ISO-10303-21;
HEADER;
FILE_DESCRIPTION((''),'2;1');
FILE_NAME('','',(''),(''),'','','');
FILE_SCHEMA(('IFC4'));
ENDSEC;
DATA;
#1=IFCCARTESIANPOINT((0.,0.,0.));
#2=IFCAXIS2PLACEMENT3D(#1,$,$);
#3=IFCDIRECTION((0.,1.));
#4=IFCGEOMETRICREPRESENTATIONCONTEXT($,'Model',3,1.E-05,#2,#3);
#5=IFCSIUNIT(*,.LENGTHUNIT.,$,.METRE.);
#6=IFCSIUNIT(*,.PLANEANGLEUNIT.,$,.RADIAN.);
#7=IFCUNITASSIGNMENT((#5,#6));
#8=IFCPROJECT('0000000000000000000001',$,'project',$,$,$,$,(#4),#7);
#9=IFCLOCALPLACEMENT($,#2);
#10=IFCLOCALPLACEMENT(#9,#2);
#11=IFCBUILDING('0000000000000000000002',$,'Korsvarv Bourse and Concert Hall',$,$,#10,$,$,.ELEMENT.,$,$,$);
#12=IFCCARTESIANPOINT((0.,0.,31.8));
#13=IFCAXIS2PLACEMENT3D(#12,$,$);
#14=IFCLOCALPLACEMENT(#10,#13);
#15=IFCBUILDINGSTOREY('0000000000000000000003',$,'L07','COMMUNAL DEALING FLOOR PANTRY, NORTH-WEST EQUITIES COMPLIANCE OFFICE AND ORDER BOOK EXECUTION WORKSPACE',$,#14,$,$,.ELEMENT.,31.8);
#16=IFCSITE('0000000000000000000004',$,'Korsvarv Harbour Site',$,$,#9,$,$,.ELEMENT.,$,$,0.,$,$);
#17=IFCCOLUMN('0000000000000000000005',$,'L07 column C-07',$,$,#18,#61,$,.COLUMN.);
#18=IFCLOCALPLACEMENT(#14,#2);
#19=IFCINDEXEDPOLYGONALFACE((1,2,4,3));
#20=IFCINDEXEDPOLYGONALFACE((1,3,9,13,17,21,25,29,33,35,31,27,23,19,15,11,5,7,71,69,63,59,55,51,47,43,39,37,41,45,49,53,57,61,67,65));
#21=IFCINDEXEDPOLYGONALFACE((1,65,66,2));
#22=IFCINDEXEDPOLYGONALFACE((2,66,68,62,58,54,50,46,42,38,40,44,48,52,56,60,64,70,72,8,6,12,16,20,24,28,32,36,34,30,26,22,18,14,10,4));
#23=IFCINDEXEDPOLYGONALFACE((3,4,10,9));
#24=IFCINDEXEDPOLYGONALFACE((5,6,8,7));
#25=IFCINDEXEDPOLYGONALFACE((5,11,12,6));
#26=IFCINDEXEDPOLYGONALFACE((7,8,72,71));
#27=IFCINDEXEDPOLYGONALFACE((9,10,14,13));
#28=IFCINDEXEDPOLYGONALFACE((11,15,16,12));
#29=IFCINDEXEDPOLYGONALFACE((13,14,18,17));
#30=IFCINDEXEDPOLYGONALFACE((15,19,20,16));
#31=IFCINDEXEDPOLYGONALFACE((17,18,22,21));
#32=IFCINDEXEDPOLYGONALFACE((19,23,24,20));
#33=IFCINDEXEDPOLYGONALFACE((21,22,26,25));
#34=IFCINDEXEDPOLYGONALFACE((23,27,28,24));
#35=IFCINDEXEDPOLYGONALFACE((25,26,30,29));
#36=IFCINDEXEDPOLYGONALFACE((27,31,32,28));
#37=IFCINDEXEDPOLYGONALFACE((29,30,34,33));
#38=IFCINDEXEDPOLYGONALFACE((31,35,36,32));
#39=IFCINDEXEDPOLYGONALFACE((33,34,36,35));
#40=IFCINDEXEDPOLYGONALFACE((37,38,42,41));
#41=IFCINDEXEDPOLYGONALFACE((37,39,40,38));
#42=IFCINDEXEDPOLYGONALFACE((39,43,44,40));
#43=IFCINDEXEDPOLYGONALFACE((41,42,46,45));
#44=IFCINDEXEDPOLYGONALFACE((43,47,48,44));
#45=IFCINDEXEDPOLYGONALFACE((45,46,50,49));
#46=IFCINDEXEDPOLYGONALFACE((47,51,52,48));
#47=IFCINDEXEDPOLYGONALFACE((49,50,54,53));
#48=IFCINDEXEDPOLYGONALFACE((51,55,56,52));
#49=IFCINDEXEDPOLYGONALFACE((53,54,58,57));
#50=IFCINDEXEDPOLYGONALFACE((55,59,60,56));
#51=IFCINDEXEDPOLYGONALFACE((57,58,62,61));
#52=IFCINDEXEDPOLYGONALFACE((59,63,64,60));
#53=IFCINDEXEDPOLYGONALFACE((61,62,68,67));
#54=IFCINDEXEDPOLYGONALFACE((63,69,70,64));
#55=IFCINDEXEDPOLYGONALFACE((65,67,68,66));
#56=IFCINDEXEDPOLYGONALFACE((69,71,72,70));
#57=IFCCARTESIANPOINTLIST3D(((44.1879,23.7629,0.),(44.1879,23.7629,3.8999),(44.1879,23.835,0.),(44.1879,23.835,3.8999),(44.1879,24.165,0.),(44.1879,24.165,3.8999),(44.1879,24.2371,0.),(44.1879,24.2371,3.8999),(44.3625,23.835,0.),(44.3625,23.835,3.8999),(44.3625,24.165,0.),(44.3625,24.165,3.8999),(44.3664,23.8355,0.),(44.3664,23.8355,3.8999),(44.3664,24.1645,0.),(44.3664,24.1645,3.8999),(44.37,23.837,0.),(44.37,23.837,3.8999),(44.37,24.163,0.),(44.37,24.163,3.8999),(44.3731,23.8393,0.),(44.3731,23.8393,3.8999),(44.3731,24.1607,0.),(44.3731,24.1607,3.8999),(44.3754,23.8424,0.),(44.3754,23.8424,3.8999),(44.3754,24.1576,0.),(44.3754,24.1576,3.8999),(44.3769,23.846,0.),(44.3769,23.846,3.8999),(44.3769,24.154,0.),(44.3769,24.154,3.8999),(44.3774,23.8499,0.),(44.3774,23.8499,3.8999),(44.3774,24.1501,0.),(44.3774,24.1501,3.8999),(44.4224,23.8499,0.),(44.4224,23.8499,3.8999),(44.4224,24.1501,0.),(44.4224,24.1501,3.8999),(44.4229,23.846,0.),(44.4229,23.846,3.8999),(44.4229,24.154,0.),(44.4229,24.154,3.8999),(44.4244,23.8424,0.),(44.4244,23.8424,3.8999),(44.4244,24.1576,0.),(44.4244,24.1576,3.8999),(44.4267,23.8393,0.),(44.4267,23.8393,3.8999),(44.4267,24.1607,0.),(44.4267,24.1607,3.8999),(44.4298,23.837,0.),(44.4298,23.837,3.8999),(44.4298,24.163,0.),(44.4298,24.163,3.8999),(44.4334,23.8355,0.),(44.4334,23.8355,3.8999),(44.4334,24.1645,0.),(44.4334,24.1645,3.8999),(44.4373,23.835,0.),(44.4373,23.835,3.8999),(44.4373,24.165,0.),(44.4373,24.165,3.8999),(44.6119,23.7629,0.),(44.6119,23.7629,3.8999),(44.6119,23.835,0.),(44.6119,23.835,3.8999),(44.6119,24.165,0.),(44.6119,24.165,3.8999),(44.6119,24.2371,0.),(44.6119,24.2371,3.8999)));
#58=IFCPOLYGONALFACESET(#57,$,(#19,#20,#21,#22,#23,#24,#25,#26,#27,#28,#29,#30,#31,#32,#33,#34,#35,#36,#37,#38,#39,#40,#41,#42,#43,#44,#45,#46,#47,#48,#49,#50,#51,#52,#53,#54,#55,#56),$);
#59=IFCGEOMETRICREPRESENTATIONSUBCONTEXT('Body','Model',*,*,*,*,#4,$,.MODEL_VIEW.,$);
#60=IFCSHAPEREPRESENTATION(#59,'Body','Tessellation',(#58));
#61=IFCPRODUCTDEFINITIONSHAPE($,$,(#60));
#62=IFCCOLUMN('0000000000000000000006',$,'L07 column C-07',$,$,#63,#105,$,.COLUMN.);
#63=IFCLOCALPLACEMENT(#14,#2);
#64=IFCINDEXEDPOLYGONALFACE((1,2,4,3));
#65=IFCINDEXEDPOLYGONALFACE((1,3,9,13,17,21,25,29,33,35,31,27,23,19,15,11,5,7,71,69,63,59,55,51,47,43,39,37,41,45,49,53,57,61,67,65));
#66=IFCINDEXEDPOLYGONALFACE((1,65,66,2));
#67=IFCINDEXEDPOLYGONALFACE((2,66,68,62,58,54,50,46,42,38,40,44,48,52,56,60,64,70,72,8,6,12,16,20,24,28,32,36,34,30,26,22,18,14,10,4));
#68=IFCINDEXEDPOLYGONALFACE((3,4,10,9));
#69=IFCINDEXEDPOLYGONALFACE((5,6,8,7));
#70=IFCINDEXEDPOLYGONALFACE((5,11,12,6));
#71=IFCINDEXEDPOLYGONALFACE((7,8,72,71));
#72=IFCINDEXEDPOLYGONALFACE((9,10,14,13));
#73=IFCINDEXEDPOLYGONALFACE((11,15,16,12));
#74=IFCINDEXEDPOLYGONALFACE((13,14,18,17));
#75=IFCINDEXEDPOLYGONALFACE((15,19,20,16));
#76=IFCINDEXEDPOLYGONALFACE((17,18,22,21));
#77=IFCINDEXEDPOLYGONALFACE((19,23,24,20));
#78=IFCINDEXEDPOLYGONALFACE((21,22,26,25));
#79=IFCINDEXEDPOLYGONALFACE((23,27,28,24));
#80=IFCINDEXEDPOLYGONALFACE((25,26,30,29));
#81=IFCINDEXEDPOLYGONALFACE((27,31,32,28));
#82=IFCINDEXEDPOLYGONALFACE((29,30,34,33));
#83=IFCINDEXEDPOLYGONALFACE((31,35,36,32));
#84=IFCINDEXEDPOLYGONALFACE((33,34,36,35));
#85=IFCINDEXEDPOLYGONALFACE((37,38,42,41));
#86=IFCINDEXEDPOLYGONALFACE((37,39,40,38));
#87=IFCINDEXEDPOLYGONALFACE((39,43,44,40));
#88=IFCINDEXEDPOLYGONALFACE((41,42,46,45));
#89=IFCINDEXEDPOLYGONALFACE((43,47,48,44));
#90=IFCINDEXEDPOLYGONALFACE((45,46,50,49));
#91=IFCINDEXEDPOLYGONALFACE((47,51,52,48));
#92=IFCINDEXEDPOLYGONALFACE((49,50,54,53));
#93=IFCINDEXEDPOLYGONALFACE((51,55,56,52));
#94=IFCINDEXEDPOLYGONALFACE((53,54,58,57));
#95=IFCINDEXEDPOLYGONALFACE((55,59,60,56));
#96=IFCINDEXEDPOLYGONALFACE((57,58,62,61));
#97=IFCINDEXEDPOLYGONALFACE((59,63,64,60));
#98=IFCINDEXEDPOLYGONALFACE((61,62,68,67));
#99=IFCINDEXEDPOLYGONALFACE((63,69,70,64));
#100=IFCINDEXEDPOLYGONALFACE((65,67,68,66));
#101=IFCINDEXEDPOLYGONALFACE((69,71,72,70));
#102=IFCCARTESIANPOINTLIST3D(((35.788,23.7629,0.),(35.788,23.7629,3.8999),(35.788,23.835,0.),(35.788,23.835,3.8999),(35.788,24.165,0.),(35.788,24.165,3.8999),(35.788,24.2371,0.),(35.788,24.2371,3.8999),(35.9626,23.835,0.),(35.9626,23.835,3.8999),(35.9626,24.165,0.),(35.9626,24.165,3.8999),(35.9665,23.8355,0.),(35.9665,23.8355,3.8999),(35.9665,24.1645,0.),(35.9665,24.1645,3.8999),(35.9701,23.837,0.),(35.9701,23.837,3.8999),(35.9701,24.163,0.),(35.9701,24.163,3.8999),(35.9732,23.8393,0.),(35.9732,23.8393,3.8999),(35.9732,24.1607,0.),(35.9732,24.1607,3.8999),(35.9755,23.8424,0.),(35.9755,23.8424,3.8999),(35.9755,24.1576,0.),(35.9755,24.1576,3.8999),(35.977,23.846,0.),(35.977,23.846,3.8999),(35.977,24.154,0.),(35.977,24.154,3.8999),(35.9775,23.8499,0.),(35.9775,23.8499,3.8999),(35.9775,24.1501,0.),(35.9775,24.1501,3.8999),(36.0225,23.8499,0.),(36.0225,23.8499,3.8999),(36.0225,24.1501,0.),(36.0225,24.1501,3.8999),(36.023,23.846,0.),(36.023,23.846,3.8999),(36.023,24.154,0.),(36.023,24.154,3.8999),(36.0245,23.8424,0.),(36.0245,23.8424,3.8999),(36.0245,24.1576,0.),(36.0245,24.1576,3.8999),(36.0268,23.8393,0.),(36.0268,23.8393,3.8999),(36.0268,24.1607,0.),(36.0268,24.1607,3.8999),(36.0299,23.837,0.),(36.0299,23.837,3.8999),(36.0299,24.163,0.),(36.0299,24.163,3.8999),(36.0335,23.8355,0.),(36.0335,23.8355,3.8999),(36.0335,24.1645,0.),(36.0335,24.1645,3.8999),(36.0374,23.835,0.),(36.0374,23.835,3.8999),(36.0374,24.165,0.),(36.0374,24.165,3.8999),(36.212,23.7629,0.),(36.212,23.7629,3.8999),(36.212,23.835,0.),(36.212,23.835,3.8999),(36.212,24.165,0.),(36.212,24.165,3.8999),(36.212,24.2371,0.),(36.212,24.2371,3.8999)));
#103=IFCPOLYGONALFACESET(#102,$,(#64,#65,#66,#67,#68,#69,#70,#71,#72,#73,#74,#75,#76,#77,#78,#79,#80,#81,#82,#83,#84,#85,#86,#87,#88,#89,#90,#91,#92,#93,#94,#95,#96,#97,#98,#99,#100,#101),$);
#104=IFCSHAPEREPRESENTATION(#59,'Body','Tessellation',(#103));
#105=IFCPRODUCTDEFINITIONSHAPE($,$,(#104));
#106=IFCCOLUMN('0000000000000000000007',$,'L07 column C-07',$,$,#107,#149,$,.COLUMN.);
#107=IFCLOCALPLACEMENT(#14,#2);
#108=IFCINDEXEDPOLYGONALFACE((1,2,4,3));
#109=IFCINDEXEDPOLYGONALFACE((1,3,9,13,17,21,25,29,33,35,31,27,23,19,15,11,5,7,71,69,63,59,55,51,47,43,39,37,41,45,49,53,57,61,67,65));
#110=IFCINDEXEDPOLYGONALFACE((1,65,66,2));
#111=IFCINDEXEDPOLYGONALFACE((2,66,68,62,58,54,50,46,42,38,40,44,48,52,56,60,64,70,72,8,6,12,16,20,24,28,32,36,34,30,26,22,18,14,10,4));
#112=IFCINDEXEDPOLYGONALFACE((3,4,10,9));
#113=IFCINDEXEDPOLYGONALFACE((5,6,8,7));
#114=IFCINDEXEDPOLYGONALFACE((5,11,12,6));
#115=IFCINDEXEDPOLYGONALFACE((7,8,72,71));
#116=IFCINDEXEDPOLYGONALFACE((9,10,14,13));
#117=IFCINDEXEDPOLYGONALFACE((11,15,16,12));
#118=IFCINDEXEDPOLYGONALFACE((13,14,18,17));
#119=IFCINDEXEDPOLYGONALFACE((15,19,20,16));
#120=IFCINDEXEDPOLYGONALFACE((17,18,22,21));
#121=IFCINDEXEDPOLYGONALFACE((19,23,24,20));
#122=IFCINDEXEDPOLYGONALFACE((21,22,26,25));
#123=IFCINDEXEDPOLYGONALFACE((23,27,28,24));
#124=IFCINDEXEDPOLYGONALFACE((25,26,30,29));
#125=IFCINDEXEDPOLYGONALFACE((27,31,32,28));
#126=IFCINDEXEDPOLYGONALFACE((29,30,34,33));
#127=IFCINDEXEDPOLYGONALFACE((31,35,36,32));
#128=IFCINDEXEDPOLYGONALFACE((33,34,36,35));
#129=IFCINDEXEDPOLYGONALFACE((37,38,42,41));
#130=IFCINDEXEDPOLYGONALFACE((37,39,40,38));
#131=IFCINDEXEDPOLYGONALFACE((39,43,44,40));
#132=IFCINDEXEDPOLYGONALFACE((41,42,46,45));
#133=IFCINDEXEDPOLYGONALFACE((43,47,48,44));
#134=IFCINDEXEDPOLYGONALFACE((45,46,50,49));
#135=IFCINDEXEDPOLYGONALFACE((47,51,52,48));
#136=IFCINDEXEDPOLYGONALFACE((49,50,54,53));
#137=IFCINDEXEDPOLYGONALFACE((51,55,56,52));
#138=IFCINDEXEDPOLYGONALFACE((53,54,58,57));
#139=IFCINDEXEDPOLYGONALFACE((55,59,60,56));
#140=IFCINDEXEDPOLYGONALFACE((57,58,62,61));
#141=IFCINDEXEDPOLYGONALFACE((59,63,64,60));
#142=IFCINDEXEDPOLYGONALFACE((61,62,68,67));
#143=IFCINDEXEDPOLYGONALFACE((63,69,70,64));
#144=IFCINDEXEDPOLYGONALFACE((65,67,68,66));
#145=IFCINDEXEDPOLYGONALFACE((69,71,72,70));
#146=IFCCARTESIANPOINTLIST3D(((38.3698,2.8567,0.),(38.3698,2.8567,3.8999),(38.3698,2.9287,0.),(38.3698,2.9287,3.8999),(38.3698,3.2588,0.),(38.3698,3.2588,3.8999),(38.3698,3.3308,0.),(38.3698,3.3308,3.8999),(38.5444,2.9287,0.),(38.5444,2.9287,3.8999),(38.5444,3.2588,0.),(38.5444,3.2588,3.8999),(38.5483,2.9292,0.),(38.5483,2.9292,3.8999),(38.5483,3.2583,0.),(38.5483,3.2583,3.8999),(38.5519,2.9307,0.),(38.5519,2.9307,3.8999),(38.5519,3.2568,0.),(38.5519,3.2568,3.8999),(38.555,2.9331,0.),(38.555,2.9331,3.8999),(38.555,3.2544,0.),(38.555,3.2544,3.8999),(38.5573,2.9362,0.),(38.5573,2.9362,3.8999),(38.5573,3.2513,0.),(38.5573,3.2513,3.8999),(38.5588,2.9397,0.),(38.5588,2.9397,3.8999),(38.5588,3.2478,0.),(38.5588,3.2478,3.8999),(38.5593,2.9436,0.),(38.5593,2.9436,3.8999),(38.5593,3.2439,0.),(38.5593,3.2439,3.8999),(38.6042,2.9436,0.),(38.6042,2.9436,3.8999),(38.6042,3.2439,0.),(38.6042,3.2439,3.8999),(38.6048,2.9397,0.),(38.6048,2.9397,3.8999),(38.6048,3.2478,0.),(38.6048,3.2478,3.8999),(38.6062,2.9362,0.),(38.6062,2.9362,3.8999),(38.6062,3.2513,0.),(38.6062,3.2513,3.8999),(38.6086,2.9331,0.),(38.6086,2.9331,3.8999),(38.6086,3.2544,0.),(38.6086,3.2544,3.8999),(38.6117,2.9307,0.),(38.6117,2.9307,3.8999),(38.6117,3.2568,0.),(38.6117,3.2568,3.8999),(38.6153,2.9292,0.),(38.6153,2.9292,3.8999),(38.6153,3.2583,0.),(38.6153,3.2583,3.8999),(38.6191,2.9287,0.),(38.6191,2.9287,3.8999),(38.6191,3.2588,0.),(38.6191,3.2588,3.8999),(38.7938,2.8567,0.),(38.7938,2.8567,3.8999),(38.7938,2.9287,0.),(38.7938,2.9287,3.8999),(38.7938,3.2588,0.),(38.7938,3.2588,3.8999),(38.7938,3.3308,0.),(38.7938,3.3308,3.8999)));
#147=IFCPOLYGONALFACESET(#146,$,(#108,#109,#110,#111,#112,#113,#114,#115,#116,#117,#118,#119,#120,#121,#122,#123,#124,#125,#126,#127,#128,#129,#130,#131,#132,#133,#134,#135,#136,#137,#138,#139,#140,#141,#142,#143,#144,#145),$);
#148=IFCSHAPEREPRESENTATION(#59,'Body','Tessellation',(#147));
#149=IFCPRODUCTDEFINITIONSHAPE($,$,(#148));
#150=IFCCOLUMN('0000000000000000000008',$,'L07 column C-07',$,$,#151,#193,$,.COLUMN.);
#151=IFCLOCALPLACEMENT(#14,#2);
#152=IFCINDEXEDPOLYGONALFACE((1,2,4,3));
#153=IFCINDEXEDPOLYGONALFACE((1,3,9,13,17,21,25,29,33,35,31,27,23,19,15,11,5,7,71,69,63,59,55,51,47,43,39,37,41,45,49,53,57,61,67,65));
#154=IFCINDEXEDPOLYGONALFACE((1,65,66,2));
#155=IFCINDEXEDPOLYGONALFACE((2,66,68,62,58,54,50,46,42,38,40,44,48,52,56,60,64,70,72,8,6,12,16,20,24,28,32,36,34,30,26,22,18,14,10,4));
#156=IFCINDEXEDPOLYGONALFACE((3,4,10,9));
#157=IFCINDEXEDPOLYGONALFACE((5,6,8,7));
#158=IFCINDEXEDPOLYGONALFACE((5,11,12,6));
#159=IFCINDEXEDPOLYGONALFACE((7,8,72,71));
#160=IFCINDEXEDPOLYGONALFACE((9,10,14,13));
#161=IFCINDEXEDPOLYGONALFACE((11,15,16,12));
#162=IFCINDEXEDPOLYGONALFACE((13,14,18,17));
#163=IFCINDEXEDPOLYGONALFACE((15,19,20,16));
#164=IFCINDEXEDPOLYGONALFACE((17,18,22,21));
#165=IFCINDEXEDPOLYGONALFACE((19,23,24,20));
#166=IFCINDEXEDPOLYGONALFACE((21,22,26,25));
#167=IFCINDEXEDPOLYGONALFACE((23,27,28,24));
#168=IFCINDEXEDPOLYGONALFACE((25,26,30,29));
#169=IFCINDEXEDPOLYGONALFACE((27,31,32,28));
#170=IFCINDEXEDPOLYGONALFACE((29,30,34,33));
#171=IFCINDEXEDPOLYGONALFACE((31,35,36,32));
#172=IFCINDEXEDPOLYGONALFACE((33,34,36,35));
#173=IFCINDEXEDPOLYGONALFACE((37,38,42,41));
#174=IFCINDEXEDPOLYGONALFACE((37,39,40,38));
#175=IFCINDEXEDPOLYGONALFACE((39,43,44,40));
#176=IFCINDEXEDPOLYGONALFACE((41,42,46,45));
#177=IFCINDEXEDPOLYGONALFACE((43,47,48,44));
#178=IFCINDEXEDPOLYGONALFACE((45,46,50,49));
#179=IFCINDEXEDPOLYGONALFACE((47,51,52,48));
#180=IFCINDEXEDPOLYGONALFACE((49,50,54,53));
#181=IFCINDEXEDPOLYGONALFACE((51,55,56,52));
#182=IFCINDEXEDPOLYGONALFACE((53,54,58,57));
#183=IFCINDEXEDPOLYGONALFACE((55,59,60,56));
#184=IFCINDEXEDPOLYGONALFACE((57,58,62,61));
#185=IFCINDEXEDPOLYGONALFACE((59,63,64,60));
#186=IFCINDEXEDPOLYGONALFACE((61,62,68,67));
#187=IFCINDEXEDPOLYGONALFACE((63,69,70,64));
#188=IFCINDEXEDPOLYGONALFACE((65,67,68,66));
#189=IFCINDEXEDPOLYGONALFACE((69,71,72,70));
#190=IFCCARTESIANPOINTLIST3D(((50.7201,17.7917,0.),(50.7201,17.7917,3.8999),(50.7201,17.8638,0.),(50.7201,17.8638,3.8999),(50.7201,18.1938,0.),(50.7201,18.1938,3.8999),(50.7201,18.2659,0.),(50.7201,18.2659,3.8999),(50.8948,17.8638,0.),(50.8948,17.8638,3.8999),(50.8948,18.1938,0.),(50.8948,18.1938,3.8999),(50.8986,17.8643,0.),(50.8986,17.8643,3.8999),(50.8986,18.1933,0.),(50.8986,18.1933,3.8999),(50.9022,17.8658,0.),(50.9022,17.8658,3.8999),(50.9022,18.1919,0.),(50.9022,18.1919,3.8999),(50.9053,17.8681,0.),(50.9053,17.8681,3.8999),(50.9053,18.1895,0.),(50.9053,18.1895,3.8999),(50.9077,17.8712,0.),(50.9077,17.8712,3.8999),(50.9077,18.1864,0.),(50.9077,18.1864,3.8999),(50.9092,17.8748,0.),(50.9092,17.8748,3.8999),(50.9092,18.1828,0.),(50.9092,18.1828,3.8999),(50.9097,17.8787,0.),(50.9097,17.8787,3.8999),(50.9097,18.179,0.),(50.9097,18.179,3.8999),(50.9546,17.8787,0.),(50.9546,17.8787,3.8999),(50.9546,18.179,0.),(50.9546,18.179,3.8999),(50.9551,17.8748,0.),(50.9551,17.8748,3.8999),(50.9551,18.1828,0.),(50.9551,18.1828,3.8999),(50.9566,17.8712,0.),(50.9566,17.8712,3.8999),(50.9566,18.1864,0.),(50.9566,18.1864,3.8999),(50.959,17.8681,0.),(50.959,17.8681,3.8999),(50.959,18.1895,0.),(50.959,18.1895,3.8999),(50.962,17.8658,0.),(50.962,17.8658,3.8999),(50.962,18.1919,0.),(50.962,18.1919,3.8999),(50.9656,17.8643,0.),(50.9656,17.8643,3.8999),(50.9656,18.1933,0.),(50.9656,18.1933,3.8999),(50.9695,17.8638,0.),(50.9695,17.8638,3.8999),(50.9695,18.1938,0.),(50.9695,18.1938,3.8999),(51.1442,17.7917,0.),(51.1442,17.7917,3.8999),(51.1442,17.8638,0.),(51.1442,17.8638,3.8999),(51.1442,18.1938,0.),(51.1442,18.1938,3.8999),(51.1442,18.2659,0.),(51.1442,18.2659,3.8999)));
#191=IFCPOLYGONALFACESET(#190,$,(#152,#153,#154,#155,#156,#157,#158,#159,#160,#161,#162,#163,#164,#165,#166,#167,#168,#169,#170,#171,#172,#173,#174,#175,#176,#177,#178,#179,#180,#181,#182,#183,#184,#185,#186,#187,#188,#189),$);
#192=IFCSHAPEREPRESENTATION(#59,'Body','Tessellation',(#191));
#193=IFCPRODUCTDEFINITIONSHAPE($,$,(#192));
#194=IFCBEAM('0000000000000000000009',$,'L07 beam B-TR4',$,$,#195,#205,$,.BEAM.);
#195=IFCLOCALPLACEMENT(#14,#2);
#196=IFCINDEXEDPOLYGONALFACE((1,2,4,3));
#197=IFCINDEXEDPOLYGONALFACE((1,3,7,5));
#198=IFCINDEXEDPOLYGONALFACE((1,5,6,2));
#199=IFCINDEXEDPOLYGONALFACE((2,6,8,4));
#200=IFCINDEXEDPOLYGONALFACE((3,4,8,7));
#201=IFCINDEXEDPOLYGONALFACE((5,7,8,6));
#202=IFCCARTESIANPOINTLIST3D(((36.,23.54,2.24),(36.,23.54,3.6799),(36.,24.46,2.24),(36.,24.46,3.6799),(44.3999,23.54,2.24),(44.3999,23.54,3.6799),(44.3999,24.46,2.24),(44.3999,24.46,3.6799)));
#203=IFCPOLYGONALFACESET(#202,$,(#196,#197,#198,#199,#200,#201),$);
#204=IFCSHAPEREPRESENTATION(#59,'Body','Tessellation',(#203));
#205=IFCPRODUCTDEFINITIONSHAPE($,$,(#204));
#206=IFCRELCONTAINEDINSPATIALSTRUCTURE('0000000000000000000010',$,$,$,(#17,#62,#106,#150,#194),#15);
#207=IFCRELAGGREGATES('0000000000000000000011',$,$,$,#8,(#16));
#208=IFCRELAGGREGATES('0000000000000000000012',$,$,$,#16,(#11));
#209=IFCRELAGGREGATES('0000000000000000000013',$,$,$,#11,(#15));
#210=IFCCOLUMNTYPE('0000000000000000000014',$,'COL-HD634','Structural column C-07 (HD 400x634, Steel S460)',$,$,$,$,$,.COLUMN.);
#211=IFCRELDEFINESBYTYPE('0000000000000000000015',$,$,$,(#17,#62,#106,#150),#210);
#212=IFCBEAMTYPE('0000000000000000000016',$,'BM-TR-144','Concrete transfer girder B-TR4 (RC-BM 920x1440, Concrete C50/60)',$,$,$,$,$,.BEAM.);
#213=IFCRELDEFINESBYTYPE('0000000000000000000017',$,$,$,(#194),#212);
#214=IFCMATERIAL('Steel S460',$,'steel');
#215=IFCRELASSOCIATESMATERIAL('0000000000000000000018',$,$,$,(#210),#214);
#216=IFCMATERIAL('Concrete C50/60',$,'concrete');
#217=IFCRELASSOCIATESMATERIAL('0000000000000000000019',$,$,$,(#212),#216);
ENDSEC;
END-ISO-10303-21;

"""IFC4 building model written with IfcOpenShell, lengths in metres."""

from ifc_helpers import new_model, si_unit, direction, frame, origin, origin_2d, place, context, subcontext, project, spatial, rectangle, i_section, extrude, source, transform, mapped, material, material_profile, profile_set, type_object, element, save


model = new_model("IFC4")

# Units and contexts
model_context = context("Model", 3, precision=1e-05, world=origin(), true_north=direction((0.0, 1.0)))
body_context = subcontext(model_context, "Body", "Model", "MODEL_VIEW")
ifc_project = project(units=[si_unit("LENGTHUNIT", "METRE"), si_unit("PLANEANGLEUNIT", "RADIAN")], contexts=[model_context])

# Site, building, storey
site_placement = place(None, origin())
site = spatial("IfcSite", under=ifc_project, at=site_placement, Name="Korsvarv Harbour Site", CompositionType="ELEMENT", RefElevation=0.0)
building_placement = place(site_placement, origin())
building = spatial("IfcBuilding", under=site, at=building_placement, Name="Korsvarv Bourse and Concert Hall", CompositionType="ELEMENT")
storey_placement = place(building_placement, frame((0.0, 0.0, 31.8)))
storey = spatial("IfcBuildingStorey", under=building, at=storey_placement, Name="L07", Description="COMMUNAL DEALING FLOOR PANTRY, NORTH-WEST EQUITIES COMPLIANCE OFFICE AND ORDER BOOK EXECUTION WORKSPACE", CompositionType="ELEMENT", Elevation=31.8)

# Columns
ifc_material_1 = material(Name="Steel S460", Category="steel")
ifc_material_profile_1 = material_profile(ifc_material_1, i_section(OverallWidth=0.4241, OverallDepth=0.4741, WebThickness=0.0449, FlangeThickness=0.072, FilletRadius=0.0149, at=origin_2d()), Name="HD 400x634")
ifc_profile_set_1 = profile_set([ifc_material_profile_1], Name="Steel S460")
column_type = type_object("IfcColumnType", Name="COL-HD634", Description="Structural column C-07 (HD 400x634, Steel S460)", PredefinedType="COLUMN", material=ifc_profile_set_1)
shared_shape_1 = source(origin(), body_context, "Body", "SweptSolid", [
    extrude(i_section(OverallWidth=0.4241, OverallDepth=0.4741, WebThickness=0.0449, FlangeThickness=0.072, FilletRadius=0.0149, at=origin_2d()), origin(), (0.0, 0.0, 1.0), 3.8999),
])
for number, where, z_axis, x_axis, name in (
    (1, (44.3999, 24.0, 0.0), (0.0, 0.0, 1.0), (1.0, 0.0, 0.0), "L07 column C-07"),
    (2, (36.0, 24.0, 0.0), (0.0, 0.0, 1.0), (1.0, 0.0, 0.0), "L07 column C-07"),
    (3, (38.5818, 3.0938, 0.0), (0.0, 0.0, 1.0), (1.0, 0.0, 0.0), "L07 column C-07"),
    (4, (50.9321, 18.0288, 0.0), (0.0, 0.0, 1.0), (1.0, 0.0, 0.0), "L07 column C-07"),
):
    element("IfcColumn", number, at=place(storey_placement, frame(where, z_axis=z_axis, x_axis=x_axis)), inside=storey, type_object=column_type, Name=name, PredefinedType="COLUMN", context=body_context, shape_type="MappedRepresentation", body=[
        mapped(shared_shape_1, transform((0.0, 0.0, 0.0), scale=1.0)),
    ])

# Beam
ifc_material_2 = material(Name="Concrete C50/60", Category="concrete")
ifc_material_profile_2 = material_profile(ifc_material_2, rectangle(XDim=0.9199, YDim=1.4399, at=origin_2d()), Name="RC-BM 920x1440")
ifc_profile_set_2 = profile_set([ifc_material_profile_2], Name="Concrete C50/60")
beam_type_1 = type_object("IfcBeamType", Name="BM-TR-144", Description="Concrete transfer girder B-TR4 (RC-BM 920x1440, Concrete C50/60)", PredefinedType="BEAM", material=ifc_profile_set_2)
shared_shape_2 = source(origin(), body_context, "Body", "SweptSolid", [
    extrude(rectangle(XDim=0.9199, YDim=1.4399, at=origin_2d()), origin(), (0.0, 0.0, 1.0), 8.3999),
])
for number, where, z_axis, x_axis, name in (
    (5, (36.0, 24.0, 2.96), (1.0, 0.0, 0.0), (0.0, 1.0, 0.0), "L07 beam B-TR4"),
):
    element("IfcBeam", number, at=place(storey_placement, frame(where, z_axis=z_axis, x_axis=x_axis)), inside=storey, type_object=beam_type_1, Name=name, PredefinedType="BEAM", context=body_context, shape_type="MappedRepresentation", body=[
        mapped(shared_shape_2, transform((0.0, 0.0, 0.0), scale=1.0)),
    ])

save(model, "model.ifc")
